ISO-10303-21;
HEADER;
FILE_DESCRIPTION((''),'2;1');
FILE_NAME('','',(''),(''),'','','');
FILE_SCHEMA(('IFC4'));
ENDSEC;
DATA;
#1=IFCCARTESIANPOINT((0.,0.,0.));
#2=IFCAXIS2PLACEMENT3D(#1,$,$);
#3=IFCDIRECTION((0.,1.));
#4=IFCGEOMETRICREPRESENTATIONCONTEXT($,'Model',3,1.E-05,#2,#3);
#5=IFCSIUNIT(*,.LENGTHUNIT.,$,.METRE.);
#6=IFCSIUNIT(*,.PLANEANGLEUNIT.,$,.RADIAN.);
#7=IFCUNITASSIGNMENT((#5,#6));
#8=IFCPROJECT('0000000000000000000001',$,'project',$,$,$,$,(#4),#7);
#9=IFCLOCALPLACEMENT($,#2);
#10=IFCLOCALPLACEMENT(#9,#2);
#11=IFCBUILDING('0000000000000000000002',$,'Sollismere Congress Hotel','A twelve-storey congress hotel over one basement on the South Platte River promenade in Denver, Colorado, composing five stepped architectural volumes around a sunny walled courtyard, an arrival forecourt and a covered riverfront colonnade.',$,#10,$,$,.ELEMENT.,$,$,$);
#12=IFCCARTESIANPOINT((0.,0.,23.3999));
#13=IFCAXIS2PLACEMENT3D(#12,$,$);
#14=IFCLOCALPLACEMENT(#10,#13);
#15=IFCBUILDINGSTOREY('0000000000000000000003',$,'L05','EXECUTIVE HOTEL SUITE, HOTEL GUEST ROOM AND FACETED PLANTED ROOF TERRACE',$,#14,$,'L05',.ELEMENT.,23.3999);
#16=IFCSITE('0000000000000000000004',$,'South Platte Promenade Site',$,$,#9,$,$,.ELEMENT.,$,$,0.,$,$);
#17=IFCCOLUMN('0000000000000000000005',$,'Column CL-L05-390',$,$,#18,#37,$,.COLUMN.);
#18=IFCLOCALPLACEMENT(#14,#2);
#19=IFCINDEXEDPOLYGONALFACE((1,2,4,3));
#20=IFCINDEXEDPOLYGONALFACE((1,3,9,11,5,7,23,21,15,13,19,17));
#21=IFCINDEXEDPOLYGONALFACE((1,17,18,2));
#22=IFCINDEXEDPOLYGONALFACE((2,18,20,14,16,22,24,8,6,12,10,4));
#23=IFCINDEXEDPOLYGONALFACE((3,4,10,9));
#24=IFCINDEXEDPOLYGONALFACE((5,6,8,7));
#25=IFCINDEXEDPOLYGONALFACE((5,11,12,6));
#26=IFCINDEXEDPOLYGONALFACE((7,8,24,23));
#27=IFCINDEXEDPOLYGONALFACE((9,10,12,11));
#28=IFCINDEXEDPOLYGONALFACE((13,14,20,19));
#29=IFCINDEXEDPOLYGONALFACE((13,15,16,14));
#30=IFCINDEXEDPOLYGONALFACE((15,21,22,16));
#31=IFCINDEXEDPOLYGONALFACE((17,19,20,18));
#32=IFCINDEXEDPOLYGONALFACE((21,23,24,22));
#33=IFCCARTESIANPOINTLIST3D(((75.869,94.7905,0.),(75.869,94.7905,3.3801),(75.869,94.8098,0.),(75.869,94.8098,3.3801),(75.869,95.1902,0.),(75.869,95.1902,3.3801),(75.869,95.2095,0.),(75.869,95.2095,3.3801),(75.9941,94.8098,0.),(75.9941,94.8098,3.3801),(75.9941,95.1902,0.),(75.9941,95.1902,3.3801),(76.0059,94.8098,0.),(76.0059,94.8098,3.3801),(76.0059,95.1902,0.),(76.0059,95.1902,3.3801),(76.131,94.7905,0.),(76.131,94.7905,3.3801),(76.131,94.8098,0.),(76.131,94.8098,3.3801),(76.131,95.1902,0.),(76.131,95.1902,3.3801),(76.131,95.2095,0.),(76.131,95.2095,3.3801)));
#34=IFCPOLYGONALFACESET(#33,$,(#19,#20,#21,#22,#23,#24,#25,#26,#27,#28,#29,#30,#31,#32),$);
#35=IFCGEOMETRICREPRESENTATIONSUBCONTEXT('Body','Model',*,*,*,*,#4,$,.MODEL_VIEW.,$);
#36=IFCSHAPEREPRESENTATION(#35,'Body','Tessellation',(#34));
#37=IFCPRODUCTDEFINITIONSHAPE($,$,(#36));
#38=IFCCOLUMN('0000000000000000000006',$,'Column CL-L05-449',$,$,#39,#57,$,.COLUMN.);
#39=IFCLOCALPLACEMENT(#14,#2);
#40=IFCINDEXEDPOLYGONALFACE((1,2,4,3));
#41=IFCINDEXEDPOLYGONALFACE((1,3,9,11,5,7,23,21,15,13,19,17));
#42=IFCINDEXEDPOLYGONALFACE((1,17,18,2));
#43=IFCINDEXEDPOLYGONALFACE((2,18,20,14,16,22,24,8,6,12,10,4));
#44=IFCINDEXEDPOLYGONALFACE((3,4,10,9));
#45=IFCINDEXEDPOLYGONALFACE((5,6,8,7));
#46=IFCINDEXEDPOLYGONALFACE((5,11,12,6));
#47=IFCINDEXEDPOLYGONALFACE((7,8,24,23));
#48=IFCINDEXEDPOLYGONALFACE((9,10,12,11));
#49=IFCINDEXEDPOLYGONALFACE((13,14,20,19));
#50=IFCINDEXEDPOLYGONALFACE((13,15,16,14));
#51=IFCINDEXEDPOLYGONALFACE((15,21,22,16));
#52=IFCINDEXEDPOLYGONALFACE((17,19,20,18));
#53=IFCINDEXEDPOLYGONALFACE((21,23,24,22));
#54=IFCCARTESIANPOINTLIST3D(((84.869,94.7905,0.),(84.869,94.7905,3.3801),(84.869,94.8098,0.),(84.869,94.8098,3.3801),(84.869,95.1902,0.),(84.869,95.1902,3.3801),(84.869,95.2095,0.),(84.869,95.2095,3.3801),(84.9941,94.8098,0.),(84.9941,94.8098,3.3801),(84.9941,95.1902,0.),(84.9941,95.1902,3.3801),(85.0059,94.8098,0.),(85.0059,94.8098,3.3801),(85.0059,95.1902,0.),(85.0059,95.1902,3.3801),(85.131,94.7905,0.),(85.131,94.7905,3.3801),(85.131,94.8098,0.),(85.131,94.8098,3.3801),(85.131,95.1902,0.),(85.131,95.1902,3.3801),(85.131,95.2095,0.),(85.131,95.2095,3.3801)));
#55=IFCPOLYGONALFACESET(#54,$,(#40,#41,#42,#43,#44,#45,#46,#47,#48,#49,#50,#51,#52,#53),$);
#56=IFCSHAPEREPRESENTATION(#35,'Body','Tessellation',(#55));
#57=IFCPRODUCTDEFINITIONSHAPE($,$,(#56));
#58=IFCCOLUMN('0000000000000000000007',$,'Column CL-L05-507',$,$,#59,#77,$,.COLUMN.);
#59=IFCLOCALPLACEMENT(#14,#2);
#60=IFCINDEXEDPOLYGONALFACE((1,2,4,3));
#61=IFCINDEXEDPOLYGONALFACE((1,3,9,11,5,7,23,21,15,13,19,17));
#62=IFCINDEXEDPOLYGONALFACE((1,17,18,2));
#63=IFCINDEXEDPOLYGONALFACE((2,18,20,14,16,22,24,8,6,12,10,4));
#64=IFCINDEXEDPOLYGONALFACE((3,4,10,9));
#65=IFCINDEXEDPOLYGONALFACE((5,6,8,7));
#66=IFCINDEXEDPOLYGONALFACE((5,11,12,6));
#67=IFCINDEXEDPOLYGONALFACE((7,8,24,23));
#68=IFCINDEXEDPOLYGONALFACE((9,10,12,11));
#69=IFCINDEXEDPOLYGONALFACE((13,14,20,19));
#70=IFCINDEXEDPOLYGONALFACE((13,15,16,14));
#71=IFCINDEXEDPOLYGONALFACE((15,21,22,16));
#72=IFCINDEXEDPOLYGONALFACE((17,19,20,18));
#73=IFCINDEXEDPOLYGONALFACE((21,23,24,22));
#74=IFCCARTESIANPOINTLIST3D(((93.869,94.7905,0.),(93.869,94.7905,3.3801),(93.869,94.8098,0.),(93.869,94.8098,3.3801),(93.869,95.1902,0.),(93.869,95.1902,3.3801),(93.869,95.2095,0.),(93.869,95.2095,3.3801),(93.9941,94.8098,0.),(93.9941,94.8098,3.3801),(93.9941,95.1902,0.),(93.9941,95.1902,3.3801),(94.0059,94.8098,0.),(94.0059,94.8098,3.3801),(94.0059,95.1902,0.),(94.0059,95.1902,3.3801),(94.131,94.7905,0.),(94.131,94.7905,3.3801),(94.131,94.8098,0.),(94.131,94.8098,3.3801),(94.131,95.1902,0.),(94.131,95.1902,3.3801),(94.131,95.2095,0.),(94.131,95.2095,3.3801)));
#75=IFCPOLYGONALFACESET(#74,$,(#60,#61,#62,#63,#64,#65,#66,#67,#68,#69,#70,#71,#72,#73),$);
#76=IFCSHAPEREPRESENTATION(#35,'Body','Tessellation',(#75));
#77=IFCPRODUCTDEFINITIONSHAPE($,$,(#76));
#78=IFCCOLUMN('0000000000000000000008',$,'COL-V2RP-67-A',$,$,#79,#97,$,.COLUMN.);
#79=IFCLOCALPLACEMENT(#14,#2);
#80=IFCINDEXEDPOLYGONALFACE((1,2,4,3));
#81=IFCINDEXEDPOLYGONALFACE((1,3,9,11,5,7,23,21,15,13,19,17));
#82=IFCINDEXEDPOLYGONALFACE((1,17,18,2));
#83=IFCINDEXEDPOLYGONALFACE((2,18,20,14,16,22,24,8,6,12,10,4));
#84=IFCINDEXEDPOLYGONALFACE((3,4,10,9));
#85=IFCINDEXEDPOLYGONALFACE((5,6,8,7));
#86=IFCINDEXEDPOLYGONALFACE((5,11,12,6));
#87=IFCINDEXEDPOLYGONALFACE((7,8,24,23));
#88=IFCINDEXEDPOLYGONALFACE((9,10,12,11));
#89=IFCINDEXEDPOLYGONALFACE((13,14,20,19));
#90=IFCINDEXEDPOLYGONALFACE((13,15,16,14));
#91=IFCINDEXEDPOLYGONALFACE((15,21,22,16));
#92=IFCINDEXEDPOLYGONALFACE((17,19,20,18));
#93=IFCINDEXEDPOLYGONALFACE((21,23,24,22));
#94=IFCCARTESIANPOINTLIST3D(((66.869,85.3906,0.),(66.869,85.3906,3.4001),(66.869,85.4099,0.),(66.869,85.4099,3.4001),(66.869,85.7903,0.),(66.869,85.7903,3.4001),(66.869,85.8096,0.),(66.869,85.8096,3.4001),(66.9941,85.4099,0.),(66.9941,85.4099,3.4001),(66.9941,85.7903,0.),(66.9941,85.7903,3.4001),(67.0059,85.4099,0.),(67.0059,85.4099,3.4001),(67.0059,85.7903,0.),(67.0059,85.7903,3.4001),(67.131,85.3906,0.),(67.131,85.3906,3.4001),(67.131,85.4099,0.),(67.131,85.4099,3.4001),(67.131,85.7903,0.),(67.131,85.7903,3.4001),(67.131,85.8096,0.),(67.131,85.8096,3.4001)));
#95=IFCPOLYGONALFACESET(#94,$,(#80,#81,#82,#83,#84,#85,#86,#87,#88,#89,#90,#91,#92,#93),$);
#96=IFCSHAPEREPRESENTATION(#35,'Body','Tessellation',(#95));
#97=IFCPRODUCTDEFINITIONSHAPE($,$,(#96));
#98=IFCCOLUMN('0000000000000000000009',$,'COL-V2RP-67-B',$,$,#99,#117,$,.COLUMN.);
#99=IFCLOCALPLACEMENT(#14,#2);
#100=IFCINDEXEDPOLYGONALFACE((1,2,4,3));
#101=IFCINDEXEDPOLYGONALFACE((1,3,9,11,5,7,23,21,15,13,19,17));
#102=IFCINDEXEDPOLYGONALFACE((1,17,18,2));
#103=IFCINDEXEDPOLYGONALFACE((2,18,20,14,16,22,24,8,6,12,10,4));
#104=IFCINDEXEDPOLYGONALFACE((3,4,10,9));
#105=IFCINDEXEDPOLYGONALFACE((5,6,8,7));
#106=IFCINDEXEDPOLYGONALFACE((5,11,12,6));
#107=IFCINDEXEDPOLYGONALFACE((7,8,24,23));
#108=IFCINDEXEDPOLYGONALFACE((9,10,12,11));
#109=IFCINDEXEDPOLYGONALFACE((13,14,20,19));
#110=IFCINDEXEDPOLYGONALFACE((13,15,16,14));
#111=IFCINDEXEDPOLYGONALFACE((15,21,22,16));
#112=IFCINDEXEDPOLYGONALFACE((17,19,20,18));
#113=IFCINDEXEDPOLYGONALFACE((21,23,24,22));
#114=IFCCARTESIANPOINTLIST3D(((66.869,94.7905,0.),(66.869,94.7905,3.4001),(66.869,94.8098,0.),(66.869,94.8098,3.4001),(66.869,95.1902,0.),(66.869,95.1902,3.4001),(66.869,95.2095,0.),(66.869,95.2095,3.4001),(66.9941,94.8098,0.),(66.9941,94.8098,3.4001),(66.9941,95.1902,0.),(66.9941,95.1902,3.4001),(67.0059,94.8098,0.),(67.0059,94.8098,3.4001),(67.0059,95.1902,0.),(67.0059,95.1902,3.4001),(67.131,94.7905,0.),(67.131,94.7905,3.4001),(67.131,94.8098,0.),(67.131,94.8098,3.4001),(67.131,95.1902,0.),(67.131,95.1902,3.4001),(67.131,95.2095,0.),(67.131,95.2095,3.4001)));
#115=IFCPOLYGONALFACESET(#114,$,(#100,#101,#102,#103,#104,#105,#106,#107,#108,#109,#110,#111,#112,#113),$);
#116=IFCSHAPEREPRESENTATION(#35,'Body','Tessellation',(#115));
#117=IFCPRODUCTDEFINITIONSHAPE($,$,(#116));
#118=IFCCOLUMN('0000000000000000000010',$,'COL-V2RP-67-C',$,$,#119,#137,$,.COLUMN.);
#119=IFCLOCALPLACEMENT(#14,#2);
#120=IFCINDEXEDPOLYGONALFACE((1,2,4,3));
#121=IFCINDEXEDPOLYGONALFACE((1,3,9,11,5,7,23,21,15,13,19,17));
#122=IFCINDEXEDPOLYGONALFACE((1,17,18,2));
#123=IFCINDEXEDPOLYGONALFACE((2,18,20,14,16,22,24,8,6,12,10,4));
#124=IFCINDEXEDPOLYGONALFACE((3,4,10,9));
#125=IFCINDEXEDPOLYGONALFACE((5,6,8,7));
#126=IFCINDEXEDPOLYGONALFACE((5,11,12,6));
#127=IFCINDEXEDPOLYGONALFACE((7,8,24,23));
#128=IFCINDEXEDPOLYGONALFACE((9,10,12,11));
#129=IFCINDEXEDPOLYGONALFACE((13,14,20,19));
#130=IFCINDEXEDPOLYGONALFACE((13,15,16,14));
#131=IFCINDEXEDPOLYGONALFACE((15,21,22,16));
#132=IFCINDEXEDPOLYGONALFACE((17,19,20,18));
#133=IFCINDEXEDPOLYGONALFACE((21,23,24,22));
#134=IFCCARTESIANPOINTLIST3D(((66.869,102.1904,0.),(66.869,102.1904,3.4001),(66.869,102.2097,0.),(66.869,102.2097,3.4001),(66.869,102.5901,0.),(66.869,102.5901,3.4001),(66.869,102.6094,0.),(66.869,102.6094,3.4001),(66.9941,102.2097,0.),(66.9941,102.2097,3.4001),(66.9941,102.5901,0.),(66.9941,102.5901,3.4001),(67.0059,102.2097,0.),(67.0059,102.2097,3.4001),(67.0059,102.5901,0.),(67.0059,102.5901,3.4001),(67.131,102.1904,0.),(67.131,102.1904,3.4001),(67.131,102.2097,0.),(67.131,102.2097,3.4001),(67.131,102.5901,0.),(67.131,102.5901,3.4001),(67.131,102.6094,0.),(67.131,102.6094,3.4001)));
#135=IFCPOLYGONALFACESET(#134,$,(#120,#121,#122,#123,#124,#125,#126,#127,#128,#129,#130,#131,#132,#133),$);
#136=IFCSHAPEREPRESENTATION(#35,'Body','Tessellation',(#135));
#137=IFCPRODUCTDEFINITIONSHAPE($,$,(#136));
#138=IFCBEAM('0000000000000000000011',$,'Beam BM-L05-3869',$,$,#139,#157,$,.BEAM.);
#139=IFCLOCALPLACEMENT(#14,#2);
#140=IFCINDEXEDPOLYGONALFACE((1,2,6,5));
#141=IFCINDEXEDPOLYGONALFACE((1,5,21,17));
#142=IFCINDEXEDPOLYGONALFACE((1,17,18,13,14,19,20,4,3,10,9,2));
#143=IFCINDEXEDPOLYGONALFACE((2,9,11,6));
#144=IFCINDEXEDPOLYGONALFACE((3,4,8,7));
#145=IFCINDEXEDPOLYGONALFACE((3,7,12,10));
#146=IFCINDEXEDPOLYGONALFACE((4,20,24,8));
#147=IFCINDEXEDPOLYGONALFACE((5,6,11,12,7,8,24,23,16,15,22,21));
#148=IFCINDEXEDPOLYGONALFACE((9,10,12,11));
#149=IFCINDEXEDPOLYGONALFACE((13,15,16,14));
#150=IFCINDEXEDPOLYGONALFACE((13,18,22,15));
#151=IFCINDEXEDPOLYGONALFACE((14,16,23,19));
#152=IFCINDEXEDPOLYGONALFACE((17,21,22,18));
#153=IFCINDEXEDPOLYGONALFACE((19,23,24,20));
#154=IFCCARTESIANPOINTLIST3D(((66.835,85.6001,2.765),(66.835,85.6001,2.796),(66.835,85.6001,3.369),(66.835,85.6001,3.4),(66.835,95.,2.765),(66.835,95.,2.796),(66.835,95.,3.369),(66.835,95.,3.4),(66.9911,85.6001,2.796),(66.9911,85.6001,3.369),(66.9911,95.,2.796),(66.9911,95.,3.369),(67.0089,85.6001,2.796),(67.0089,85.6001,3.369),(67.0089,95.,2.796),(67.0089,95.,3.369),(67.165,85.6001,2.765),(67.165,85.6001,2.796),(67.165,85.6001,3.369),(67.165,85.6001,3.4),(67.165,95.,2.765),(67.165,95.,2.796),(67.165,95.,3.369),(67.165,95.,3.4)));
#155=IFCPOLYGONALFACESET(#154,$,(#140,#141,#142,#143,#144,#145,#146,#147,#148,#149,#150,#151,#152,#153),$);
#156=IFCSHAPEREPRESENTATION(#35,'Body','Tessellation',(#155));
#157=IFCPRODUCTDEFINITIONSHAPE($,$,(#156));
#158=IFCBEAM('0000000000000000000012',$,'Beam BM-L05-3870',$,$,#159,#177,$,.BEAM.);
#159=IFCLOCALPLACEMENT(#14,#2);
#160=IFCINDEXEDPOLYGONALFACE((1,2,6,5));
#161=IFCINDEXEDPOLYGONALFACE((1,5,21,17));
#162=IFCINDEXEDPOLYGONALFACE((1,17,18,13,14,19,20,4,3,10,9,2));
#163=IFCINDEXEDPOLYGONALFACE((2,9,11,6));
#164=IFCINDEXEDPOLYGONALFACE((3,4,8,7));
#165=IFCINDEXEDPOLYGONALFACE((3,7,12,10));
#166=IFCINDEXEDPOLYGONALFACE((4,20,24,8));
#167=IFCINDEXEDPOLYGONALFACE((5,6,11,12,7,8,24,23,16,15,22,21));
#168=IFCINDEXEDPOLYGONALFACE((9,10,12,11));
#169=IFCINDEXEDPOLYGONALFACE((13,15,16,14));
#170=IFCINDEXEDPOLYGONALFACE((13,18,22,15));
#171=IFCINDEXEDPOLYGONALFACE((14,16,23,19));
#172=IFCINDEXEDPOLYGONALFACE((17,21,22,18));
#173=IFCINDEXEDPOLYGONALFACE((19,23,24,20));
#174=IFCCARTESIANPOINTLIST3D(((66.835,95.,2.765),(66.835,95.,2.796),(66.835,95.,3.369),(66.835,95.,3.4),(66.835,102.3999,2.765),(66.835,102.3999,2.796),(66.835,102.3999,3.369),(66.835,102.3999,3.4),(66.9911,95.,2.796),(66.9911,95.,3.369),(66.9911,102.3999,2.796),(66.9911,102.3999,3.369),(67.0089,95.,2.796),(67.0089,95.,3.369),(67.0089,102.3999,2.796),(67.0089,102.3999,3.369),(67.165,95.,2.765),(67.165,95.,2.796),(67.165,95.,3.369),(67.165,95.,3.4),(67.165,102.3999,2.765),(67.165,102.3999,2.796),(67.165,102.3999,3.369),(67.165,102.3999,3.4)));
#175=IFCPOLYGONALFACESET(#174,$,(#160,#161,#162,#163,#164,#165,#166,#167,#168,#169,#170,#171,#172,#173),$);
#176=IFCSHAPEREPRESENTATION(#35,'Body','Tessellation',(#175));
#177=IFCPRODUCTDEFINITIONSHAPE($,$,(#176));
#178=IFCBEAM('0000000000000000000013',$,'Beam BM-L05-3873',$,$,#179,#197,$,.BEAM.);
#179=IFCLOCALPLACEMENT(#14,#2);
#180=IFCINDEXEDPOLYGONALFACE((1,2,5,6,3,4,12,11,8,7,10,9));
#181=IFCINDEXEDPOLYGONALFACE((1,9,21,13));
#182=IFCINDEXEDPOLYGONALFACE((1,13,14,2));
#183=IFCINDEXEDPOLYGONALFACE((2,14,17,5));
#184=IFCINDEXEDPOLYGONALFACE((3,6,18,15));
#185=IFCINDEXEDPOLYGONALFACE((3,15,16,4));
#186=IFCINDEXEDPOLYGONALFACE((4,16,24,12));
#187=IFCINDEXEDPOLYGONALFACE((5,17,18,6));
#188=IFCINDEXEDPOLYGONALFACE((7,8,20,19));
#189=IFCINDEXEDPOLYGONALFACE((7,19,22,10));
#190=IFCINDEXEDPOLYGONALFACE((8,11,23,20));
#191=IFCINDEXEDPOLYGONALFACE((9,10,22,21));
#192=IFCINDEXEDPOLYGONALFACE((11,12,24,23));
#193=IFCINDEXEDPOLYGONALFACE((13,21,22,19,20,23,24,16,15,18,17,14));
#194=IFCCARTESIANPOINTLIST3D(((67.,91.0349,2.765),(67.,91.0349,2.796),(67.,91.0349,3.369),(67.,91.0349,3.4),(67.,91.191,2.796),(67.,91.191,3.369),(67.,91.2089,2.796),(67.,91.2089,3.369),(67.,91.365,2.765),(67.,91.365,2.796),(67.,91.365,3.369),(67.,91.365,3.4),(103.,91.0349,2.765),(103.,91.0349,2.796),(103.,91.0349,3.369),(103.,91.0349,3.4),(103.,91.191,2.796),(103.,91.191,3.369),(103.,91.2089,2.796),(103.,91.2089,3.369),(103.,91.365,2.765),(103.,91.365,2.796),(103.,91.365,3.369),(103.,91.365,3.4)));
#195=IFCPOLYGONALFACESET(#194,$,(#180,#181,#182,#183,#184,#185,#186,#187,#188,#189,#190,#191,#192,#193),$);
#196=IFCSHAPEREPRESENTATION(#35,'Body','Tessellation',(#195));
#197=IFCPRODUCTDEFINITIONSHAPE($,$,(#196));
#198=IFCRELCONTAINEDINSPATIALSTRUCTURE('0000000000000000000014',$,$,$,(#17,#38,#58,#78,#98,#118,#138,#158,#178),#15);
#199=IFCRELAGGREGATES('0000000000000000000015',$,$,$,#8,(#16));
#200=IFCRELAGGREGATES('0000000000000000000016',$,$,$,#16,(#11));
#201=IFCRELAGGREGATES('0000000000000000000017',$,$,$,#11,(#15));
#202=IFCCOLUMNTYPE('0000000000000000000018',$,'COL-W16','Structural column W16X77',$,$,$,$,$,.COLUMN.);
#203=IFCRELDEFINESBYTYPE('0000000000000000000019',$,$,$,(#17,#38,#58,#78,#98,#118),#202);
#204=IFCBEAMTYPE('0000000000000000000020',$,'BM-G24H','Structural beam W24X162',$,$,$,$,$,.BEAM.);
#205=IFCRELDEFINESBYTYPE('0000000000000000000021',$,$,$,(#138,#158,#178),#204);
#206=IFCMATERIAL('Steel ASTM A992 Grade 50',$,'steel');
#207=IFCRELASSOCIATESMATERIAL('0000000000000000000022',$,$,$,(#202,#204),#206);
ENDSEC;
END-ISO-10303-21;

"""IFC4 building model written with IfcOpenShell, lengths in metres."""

from ifc_helpers import new_model, si_unit, direction, frame, origin, origin_2d, place, context, subcontext, project, spatial, i_section, extrude, material, material_profile, profile_set, type_object, element, save


model = new_model("IFC4")

# Units and contexts
model_context = context("Model", 3, precision=1e-05, world=origin(), true_north=direction((0.0, 1.0)))
body_context = subcontext(model_context, "Body", "Model", "MODEL_VIEW")
ifc_project = project(units=[si_unit("LENGTHUNIT", "METRE"), si_unit("PLANEANGLEUNIT", "RADIAN")], contexts=[model_context])

# Site, building, storey
site_placement = place(None, origin())
site = spatial("IfcSite", under=ifc_project, at=site_placement, Name="South Platte Promenade Site", CompositionType="ELEMENT", RefElevation=0.0)
building_placement = place(site_placement, origin())
building = spatial("IfcBuilding", under=site, at=building_placement, Name="Sollismere Congress Hotel", Description="A twelve-storey congress hotel over one basement on the South Platte River promenade in Denver, Colorado, composing five stepped architectural volumes around a sunny walled courtyard, an arrival forecourt and a covered riverfront colonnade.", CompositionType="ELEMENT")
storey_placement = place(building_placement, frame((0.0, 0.0, 23.3999)))
storey = spatial("IfcBuildingStorey", under=building, at=storey_placement, Name="L05", Description="EXECUTIVE HOTEL SUITE, HOTEL GUEST ROOM AND FACETED PLANTED ROOF TERRACE", LongName="L05", CompositionType="ELEMENT", Elevation=23.3999)

# Columns
ifc_material_1 = material(Name="Steel ASTM A992 Grade 50", Category="steel")
ifc_material_profile_1 = material_profile(ifc_material_1, i_section(OverallWidth=0.262, OverallDepth=0.4189, WebThickness=0.0117, FlangeThickness=0.0193, at=origin_2d()), Name="W16X77")
ifc_profile_set_1 = profile_set([ifc_material_profile_1], Name="Steel ASTM A992 Grade 50")
column_type = type_object("IfcColumnType", Name="COL-W16", Description="Structural column W16X77", PredefinedType="COLUMN", material=ifc_profile_set_1)
for number, where, z_axis, x_axis, name in (
    (1, (76.0, 95.0, 0.0), (0.0, 0.0, 1.0), (1.0, 0.0, 0.0), "Column CL-L05-390"),
    (2, (85.0, 95.0, 0.0), (0.0, 0.0, 1.0), (1.0, 0.0, 0.0), "Column CL-L05-449"),
    (3, (94.0, 95.0, 0.0), (0.0, 0.0, 1.0), (1.0, 0.0, 0.0), "Column CL-L05-507"),
):
    element("IfcColumn", number, at=place(storey_placement, frame(where, z_axis=z_axis, x_axis=x_axis)), inside=storey, type_object=column_type, Name=name, PredefinedType="COLUMN", context=body_context, shape_type="SweptSolid", body=[
        extrude(i_section(OverallWidth=0.262, OverallDepth=0.4189, WebThickness=0.0117, FlangeThickness=0.0193, at=origin_2d()), origin(), (0.0, 0.0, 1.0), 3.3801),
    ])
for number, where, z_axis, x_axis, name in (
    (4, (67.0, 85.6001, 0.0), (0.0, 0.0, 1.0), (1.0, 0.0, 0.0), "COL-V2RP-67-A"),
    (5, (67.0, 95.0, 0.0), (0.0, 0.0, 1.0), (1.0, 0.0, 0.0), "COL-V2RP-67-B"),
    (6, (67.0, 102.3999, 0.0), (0.0, 0.0, 1.0), (1.0, 0.0, 0.0), "COL-V2RP-67-C"),
):
    element("IfcColumn", number, at=place(storey_placement, frame(where, z_axis=z_axis, x_axis=x_axis)), inside=storey, type_object=column_type, Name=name, PredefinedType="COLUMN", context=body_context, shape_type="SweptSolid", body=[
        extrude(i_section(OverallWidth=0.262, OverallDepth=0.4189, WebThickness=0.0117, FlangeThickness=0.0193, at=origin_2d()), origin(), (0.0, 0.0, 1.0), 3.4001),
    ])

# Beams
ifc_material_profile_2 = material_profile(ifc_material_1, i_section(OverallWidth=0.3301, OverallDepth=0.635, WebThickness=0.0178, FlangeThickness=0.031, at=origin_2d()), Name="W24X162")
ifc_profile_set_2 = profile_set([ifc_material_profile_2], Name="Steel ASTM A992 Grade 50")
beam_type = type_object("IfcBeamType", Name="BM-G24H", Description="Structural beam W24X162", PredefinedType="BEAM", material=ifc_profile_set_2)
beam_1_placement = place(storey_placement, frame((67.0, 85.6001, 3.0825), z_axis=(0.0, 1.0, 0.0), x_axis=(-1.0, 0.0, 0.0)))
element("IfcBeam", 7, at=beam_1_placement, inside=storey, type_object=beam_type, Name="Beam BM-L05-3869", PredefinedType="BEAM", context=body_context, shape_type="SweptSolid", body=[
    extrude(i_section(OverallWidth=0.3301, OverallDepth=0.635, WebThickness=0.0178, FlangeThickness=0.031, at=origin_2d()), origin(), (0.0, 0.0, 1.0), 9.3999),
])
beam_2_placement = place(storey_placement, frame((67.0, 95.0, 3.0825), z_axis=(0.0, 1.0, 0.0), x_axis=(-1.0, 0.0, 0.0)))
element("IfcBeam", 8, at=beam_2_placement, inside=storey, type_object=beam_type, Name="Beam BM-L05-3870", PredefinedType="BEAM", context=body_context, shape_type="SweptSolid", body=[
    extrude(i_section(OverallWidth=0.3301, OverallDepth=0.635, WebThickness=0.0178, FlangeThickness=0.031, at=origin_2d()), origin(), (0.0, 0.0, 1.0), 7.3999),
])
for number, where, z_axis, x_axis, name in (
    (9, (67.0, 91.2, 3.0825), (1.0, 0.0, 0.0), (0.0, 1.0, 0.0), "Beam BM-L05-3873"),
):
    element("IfcBeam", number, at=place(storey_placement, frame(where, z_axis=z_axis, x_axis=x_axis)), inside=storey, type_object=beam_type, Name=name, PredefinedType="BEAM", context=body_context, shape_type="SweptSolid", body=[
        extrude(i_section(OverallWidth=0.3301, OverallDepth=0.635, WebThickness=0.0178, FlangeThickness=0.031, at=origin_2d()), origin(), (0.0, 0.0, 1.0), 36.0),
    ])

save(model, "model.ifc")
